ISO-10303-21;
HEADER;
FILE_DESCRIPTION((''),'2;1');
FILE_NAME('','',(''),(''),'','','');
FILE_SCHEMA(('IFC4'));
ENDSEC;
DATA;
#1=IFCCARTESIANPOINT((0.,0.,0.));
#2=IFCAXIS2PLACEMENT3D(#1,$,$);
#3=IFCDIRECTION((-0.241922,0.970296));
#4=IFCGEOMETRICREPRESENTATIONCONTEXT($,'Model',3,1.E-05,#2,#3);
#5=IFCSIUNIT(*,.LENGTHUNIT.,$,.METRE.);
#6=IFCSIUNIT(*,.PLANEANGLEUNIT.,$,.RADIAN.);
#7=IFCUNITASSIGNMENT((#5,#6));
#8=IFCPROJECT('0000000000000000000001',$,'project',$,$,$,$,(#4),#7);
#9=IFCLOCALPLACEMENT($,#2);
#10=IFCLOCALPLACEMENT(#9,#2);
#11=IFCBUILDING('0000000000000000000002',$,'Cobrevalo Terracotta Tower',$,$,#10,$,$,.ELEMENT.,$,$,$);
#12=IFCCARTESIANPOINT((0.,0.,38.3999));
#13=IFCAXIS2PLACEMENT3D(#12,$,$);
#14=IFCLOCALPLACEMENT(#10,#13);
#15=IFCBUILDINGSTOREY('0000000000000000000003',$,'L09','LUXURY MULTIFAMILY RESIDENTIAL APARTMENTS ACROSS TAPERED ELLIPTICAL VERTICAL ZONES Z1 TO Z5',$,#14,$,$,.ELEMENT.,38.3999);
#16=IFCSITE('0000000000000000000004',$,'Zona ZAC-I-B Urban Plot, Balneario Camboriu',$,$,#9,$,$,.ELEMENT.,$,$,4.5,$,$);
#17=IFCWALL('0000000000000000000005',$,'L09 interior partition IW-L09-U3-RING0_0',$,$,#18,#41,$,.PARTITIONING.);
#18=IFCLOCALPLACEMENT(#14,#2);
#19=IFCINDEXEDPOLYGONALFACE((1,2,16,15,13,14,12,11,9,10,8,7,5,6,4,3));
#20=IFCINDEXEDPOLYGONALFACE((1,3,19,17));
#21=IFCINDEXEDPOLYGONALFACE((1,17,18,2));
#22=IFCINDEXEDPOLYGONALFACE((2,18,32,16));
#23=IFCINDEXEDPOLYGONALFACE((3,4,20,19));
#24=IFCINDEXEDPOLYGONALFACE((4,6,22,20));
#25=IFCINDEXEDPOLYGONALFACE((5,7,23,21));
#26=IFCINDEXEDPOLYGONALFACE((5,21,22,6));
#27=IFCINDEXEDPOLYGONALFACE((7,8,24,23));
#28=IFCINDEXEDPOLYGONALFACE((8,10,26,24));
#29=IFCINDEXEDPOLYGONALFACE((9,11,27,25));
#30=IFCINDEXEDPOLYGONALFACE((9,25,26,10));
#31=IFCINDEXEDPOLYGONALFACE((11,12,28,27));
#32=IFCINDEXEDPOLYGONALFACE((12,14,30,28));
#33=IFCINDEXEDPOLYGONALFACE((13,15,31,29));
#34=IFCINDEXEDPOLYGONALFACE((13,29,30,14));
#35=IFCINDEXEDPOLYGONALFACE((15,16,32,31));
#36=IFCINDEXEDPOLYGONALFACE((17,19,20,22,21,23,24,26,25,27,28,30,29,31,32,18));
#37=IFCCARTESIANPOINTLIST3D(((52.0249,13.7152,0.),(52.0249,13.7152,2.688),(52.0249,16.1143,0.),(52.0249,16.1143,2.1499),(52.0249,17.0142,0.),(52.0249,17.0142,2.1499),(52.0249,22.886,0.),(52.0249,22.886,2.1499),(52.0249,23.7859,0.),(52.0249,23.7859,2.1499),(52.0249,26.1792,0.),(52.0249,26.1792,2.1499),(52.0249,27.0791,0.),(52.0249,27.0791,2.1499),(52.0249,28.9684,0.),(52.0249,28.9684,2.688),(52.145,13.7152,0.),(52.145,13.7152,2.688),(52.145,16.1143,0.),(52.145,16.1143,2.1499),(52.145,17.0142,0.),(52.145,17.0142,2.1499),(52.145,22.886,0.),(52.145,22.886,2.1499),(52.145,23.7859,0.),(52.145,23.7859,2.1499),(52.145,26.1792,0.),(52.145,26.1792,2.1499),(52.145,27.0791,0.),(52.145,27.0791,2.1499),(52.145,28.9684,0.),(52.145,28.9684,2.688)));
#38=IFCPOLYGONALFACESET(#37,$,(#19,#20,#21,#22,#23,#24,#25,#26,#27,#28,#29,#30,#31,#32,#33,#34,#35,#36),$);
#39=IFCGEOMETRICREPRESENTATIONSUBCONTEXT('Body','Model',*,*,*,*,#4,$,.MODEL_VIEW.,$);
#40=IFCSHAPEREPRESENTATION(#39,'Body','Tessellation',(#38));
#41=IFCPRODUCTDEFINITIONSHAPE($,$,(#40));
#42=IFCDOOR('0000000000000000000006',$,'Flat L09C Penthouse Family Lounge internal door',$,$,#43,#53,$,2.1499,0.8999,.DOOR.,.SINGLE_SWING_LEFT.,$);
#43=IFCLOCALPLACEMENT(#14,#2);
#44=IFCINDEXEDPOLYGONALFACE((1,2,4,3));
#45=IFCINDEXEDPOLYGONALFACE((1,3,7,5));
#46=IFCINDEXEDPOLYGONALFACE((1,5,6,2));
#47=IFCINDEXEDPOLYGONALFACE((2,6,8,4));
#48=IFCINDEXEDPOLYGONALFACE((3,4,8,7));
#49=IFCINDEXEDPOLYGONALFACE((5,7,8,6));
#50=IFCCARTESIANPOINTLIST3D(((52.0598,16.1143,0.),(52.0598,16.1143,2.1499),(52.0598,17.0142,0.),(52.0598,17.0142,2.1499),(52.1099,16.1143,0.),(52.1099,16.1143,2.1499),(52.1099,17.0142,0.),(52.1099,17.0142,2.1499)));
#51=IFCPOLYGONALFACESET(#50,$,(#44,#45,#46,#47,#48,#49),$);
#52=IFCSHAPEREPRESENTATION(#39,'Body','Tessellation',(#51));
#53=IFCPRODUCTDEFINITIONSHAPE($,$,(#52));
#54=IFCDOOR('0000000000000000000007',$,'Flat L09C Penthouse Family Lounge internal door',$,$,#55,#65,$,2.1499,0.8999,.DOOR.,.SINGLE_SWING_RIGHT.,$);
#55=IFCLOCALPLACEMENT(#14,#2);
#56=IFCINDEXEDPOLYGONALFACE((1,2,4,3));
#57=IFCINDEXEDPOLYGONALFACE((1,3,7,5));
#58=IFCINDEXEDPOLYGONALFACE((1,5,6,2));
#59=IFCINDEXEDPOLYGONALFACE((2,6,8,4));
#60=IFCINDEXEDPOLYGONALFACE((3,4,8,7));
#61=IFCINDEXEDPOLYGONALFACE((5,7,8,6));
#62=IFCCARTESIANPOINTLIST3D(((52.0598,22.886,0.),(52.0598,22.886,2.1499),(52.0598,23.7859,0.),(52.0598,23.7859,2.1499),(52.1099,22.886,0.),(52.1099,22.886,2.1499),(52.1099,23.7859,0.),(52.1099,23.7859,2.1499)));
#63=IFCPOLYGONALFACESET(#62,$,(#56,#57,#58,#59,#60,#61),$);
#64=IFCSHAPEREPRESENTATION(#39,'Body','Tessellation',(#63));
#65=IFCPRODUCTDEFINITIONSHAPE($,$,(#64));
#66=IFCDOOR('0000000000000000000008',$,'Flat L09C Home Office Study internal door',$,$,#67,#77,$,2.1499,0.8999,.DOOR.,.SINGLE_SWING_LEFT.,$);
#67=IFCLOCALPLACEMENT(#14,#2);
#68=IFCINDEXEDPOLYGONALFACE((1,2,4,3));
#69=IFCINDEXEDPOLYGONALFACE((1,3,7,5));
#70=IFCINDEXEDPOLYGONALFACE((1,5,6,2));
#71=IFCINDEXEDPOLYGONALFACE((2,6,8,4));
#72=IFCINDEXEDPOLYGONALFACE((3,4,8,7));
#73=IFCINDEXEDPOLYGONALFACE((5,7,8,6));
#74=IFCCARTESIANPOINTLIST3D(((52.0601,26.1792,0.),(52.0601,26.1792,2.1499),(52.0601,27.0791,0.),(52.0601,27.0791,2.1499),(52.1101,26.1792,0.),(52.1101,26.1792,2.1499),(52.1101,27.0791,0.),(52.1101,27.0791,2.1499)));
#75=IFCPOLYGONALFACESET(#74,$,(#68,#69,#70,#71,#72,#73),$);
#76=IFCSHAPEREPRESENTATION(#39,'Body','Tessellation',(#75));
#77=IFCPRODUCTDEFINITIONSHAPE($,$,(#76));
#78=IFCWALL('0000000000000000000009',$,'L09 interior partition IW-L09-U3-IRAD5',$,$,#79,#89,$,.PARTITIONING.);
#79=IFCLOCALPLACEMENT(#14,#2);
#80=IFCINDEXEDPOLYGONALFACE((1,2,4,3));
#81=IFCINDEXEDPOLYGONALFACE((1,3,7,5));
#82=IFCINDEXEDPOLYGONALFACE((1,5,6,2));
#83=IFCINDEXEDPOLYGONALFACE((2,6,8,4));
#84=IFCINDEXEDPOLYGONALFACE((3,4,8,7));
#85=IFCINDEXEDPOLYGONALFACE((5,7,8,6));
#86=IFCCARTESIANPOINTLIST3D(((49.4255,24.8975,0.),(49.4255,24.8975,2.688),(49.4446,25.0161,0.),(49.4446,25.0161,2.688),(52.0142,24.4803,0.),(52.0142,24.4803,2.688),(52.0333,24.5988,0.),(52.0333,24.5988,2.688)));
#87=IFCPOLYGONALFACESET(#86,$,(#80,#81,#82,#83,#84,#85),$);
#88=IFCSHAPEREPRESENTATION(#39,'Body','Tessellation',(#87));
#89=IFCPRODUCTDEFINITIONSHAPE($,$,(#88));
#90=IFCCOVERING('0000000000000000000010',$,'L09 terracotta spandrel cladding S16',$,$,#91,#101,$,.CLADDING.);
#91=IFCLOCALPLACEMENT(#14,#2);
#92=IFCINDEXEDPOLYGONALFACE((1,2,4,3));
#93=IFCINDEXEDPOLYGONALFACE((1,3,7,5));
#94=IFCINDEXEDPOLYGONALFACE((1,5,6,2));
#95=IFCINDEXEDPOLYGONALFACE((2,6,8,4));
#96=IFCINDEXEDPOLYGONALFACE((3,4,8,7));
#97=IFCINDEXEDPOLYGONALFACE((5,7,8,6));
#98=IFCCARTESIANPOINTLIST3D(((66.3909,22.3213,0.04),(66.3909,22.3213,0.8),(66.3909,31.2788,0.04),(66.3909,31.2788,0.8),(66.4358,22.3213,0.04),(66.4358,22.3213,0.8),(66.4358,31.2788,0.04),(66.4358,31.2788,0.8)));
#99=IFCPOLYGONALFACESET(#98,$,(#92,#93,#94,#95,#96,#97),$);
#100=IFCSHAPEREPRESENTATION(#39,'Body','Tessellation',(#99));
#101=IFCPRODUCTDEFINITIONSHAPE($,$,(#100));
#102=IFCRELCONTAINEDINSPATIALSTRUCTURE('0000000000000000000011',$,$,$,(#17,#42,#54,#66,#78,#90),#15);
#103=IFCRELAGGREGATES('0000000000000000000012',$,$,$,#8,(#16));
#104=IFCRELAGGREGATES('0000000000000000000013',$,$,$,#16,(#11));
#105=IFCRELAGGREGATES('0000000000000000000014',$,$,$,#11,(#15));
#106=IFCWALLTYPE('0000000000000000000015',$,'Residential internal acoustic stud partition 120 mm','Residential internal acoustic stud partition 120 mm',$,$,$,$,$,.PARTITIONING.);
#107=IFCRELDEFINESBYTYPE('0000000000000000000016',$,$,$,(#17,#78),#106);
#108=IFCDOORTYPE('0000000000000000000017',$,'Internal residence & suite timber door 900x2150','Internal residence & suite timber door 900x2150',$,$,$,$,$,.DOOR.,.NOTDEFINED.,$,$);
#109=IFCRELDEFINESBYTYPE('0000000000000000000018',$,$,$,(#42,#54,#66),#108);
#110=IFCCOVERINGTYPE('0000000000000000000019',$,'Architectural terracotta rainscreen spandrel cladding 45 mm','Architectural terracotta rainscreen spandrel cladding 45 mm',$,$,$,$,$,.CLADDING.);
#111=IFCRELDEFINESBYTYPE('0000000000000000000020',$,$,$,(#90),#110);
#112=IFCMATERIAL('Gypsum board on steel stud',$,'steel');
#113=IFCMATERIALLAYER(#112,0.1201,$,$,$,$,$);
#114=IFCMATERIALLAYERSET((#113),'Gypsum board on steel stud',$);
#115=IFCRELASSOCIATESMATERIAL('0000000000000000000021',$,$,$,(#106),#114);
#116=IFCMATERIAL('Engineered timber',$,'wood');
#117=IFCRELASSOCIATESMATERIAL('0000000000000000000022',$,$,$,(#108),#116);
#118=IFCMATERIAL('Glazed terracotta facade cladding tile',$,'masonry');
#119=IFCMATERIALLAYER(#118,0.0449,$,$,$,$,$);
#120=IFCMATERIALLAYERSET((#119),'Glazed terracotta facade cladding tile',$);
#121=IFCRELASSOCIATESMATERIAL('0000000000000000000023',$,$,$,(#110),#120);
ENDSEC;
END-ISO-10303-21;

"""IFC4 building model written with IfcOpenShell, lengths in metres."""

from ifc_helpers import new_model, si_unit, direction, frame, frame_2d, origin, origin_2d, place, context, subcontext, project, spatial, rectangle, extrude, source, transform, mapped, material, layer, layer_set, type_object, element, fill, save


model = new_model("IFC4")

# Units and contexts
model_context = context("Model", 3, precision=1e-05, world=origin(), true_north=direction((-0.241922, 0.970296)))
body_context = subcontext(model_context, "Body", "Model", "MODEL_VIEW")
ifc_project = project(units=[si_unit("LENGTHUNIT", "METRE"), si_unit("PLANEANGLEUNIT", "RADIAN")], contexts=[model_context])

# Site, building, storey
site_placement = place(None, origin())
site = spatial("IfcSite", under=ifc_project, at=site_placement, Name="Zona ZAC-I-B Urban Plot, Balneario Camboriu", CompositionType="ELEMENT", RefElevation=4.5)
building_placement = place(site_placement, origin())
building = spatial("IfcBuilding", under=site, at=building_placement, Name="Cobrevalo Terracotta Tower", CompositionType="ELEMENT")
storey_placement = place(building_placement, frame((0.0, 0.0, 38.3999)))
storey = spatial("IfcBuildingStorey", under=building, at=storey_placement, Name="L09", Description="LUXURY MULTIFAMILY RESIDENTIAL APARTMENTS ACROSS TAPERED ELLIPTICAL VERTICAL ZONES Z1 TO Z5", CompositionType="ELEMENT", Elevation=38.3999)

# Shared definitions
ifc_material_1 = material(Name="Gypsum board on steel stud", Category="steel")
ifc_layer_1 = layer(ifc_material_1, 0.1201)
ifc_layer_set_1 = layer_set([ifc_layer_1], Name="Gypsum board on steel stud")
wall_type_1 = type_object("IfcWallType", Name="Residential internal acoustic stud partition 120 mm", Description="Residential internal acoustic stud partition 120 mm", PredefinedType="PARTITIONING", material=ifc_layer_set_1)
ifc_material_2 = material(Name="Engineered timber", Category="wood")
door_type_1 = type_object("IfcDoorType", Name="Internal residence & suite timber door 900x2150", Description="Internal residence & suite timber door 900x2150", OperationType="NOTDEFINED", PredefinedType="DOOR", material=ifc_material_2)
shared_shape_1 = source(origin(), body_context, "Body", "SweptSolid", [
    extrude(rectangle(XDim=0.8999, YDim=2.1499, at=frame_2d((0.45, 1.075))), frame((0.0, 0.0249, 0.0), z_axis=(0.0, -1.0, 0.0), x_axis=(1.0, 0.0, 0.0)), (0.0, 0.0, 1.0), 0.05),
])

# Wall, openings, doors
wall_1_placement = place(storey_placement, frame((52.085, 28.9683, 0.0), z_axis=(0.0, 0.0, 1.0), x_axis=(0.0, -1.0, 0.0)))
wall_1 = element("IfcWall", 1, at=wall_1_placement, inside=storey, type_object=wall_type_1, Name="L09 interior partition IW-L09-U3-RING0_0", PredefinedType="PARTITIONING", context=body_context, shape_type="SweptSolid", body=[
    extrude(rectangle(XDim=15.2532, YDim=0.1201, at=frame_2d((7.6265, 0.0))), origin(), (0.0, 0.0, 1.0), 2.688),
])
opening_1_placement = place(wall_1_placement, frame((11.9541, 0.0, 0.0)))
opening_1 = element("IfcOpeningElement", 2, at=opening_1_placement, cuts=wall_1, PredefinedType="OPENING", context=body_context, shape_type="SweptSolid", body=[
    extrude(rectangle(XDim=0.8999, YDim=2.1499, at=frame_2d((0.45, 1.075))), frame((0.0, 0.0701, 0.0), z_axis=(0.0, -1.0, 0.0), x_axis=(1.0, 0.0, 0.0)), (0.0, 0.0, 1.0), 0.1401),
])
opening_2_placement = place(wall_1_placement, frame((5.1824, 0.0, 0.0)))
opening_2 = element("IfcOpeningElement", 3, at=opening_2_placement, cuts=wall_1, PredefinedType="OPENING", context=body_context, shape_type="SweptSolid", body=[
    extrude(rectangle(XDim=0.8999, YDim=2.1499, at=frame_2d((0.45, 1.075))), frame((0.0, 0.0701, 0.0), z_axis=(0.0, -1.0, 0.0), x_axis=(1.0, 0.0, 0.0)), (0.0, 0.0, 1.0), 0.1401),
])
opening_3_placement = place(wall_1_placement, frame((1.8892, 0.0, 0.0)))
opening_3 = element("IfcOpeningElement", 4, at=opening_3_placement, cuts=wall_1, PredefinedType="OPENING", context=body_context, shape_type="SweptSolid", body=[
    extrude(rectangle(XDim=0.8999, YDim=2.1499, at=frame_2d((0.45, 1.075))), frame((0.0, 0.0701, 0.0), z_axis=(0.0, -1.0, 0.0), x_axis=(1.0, 0.0, 0.0)), (0.0, 0.0, 1.0), 0.1401),
])
door_1_placement = place(opening_1_placement, origin())
door_1 = element("IfcDoor", 5, at=door_1_placement, inside=storey, type_object=door_type_1, Name="Flat L09C Penthouse Family Lounge internal door", OperationType="SINGLE_SWING_LEFT", OverallHeight=2.1499, OverallWidth=0.8999, PredefinedType="DOOR", context=body_context, shape_type="MappedRepresentation", body=[
    mapped(shared_shape_1, transform((0.0, 0.0, 0.0), scale=1.0)),
])
fill(opening_1, door_1)
door_2_placement = place(opening_2_placement, origin())
door_2 = element("IfcDoor", 6, at=door_2_placement, inside=storey, type_object=door_type_1, Name="Flat L09C Penthouse Family Lounge internal door", OperationType="SINGLE_SWING_RIGHT", OverallHeight=2.1499, OverallWidth=0.8999, PredefinedType="DOOR", context=body_context, shape_type="MappedRepresentation", body=[
    mapped(shared_shape_1, transform((0.0, 0.0, 0.0), scale=1.0)),
])
fill(opening_2, door_2)
door_3_placement = place(opening_3_placement, frame((0.8999, 0.0, 0.0), z_axis=(0.0, 0.0, 1.0), x_axis=(-1.0, 0.0, 0.0)))
door_3 = element("IfcDoor", 7, at=door_3_placement, inside=storey, type_object=door_type_1, Name="Flat L09C Home Office Study internal door", OperationType="SINGLE_SWING_LEFT", OverallHeight=2.1499, OverallWidth=0.8999, PredefinedType="DOOR", context=body_context, shape_type="MappedRepresentation", body=[
    mapped(shared_shape_1, transform((0.0, 0.0, 0.0), scale=1.0)),
])
fill(opening_3, door_3)

# Wall
wall_2_placement = place(storey_placement, frame((49.4351, 24.9568, 0.0), z_axis=(0.0, 0.0, 1.0), x_axis=(0.987258, -0.159127, 0.0)))
element("IfcWall", 8, at=wall_2_placement, inside=storey, type_object=wall_type_1, Name="L09 interior partition IW-L09-U3-IRAD5", PredefinedType="PARTITIONING", context=body_context, shape_type="SweptSolid", body=[
    extrude(rectangle(XDim=2.6221, YDim=0.1201, at=frame_2d((1.311, 0.0))), origin(), (0.0, 0.0, 1.0), 2.688),
])

# Covering
ifc_material_3 = material(Name="Glazed terracotta facade cladding tile", Category="masonry")
ifc_layer_2 = layer(ifc_material_3, 0.0449)
ifc_layer_set_2 = layer_set([ifc_layer_2], Name="Glazed terracotta facade cladding tile")
covering_type = type_object("IfcCoveringType", Name="Architectural terracotta rainscreen spandrel cladding 45 mm", Description="Architectural terracotta rainscreen spandrel cladding 45 mm", PredefinedType="CLADDING", material=ifc_layer_set_2)
shared_shape_2 = source(origin(), body_context, "Body", "SweptSolid", [
    extrude(rectangle(XDim=8.9575, YDim=0.0449, at=origin_2d()), origin(), (0.0, 0.0, 1.0), 0.76),
])
covering_placement = place(storey_placement, frame((66.4133, 26.8, 0.04), z_axis=(0.0, 0.0, 1.0), x_axis=(0.0, 1.0, 0.0)))
element("IfcCovering", 9, at=covering_placement, inside=storey, type_object=covering_type, Name="L09 terracotta spandrel cladding S16", PredefinedType="CLADDING", context=body_context, shape_type="MappedRepresentation", body=[
    mapped(shared_shape_2, transform((0.0, 0.0, 0.0), scale=1.0)),
])

save(model, "model.ifc")
